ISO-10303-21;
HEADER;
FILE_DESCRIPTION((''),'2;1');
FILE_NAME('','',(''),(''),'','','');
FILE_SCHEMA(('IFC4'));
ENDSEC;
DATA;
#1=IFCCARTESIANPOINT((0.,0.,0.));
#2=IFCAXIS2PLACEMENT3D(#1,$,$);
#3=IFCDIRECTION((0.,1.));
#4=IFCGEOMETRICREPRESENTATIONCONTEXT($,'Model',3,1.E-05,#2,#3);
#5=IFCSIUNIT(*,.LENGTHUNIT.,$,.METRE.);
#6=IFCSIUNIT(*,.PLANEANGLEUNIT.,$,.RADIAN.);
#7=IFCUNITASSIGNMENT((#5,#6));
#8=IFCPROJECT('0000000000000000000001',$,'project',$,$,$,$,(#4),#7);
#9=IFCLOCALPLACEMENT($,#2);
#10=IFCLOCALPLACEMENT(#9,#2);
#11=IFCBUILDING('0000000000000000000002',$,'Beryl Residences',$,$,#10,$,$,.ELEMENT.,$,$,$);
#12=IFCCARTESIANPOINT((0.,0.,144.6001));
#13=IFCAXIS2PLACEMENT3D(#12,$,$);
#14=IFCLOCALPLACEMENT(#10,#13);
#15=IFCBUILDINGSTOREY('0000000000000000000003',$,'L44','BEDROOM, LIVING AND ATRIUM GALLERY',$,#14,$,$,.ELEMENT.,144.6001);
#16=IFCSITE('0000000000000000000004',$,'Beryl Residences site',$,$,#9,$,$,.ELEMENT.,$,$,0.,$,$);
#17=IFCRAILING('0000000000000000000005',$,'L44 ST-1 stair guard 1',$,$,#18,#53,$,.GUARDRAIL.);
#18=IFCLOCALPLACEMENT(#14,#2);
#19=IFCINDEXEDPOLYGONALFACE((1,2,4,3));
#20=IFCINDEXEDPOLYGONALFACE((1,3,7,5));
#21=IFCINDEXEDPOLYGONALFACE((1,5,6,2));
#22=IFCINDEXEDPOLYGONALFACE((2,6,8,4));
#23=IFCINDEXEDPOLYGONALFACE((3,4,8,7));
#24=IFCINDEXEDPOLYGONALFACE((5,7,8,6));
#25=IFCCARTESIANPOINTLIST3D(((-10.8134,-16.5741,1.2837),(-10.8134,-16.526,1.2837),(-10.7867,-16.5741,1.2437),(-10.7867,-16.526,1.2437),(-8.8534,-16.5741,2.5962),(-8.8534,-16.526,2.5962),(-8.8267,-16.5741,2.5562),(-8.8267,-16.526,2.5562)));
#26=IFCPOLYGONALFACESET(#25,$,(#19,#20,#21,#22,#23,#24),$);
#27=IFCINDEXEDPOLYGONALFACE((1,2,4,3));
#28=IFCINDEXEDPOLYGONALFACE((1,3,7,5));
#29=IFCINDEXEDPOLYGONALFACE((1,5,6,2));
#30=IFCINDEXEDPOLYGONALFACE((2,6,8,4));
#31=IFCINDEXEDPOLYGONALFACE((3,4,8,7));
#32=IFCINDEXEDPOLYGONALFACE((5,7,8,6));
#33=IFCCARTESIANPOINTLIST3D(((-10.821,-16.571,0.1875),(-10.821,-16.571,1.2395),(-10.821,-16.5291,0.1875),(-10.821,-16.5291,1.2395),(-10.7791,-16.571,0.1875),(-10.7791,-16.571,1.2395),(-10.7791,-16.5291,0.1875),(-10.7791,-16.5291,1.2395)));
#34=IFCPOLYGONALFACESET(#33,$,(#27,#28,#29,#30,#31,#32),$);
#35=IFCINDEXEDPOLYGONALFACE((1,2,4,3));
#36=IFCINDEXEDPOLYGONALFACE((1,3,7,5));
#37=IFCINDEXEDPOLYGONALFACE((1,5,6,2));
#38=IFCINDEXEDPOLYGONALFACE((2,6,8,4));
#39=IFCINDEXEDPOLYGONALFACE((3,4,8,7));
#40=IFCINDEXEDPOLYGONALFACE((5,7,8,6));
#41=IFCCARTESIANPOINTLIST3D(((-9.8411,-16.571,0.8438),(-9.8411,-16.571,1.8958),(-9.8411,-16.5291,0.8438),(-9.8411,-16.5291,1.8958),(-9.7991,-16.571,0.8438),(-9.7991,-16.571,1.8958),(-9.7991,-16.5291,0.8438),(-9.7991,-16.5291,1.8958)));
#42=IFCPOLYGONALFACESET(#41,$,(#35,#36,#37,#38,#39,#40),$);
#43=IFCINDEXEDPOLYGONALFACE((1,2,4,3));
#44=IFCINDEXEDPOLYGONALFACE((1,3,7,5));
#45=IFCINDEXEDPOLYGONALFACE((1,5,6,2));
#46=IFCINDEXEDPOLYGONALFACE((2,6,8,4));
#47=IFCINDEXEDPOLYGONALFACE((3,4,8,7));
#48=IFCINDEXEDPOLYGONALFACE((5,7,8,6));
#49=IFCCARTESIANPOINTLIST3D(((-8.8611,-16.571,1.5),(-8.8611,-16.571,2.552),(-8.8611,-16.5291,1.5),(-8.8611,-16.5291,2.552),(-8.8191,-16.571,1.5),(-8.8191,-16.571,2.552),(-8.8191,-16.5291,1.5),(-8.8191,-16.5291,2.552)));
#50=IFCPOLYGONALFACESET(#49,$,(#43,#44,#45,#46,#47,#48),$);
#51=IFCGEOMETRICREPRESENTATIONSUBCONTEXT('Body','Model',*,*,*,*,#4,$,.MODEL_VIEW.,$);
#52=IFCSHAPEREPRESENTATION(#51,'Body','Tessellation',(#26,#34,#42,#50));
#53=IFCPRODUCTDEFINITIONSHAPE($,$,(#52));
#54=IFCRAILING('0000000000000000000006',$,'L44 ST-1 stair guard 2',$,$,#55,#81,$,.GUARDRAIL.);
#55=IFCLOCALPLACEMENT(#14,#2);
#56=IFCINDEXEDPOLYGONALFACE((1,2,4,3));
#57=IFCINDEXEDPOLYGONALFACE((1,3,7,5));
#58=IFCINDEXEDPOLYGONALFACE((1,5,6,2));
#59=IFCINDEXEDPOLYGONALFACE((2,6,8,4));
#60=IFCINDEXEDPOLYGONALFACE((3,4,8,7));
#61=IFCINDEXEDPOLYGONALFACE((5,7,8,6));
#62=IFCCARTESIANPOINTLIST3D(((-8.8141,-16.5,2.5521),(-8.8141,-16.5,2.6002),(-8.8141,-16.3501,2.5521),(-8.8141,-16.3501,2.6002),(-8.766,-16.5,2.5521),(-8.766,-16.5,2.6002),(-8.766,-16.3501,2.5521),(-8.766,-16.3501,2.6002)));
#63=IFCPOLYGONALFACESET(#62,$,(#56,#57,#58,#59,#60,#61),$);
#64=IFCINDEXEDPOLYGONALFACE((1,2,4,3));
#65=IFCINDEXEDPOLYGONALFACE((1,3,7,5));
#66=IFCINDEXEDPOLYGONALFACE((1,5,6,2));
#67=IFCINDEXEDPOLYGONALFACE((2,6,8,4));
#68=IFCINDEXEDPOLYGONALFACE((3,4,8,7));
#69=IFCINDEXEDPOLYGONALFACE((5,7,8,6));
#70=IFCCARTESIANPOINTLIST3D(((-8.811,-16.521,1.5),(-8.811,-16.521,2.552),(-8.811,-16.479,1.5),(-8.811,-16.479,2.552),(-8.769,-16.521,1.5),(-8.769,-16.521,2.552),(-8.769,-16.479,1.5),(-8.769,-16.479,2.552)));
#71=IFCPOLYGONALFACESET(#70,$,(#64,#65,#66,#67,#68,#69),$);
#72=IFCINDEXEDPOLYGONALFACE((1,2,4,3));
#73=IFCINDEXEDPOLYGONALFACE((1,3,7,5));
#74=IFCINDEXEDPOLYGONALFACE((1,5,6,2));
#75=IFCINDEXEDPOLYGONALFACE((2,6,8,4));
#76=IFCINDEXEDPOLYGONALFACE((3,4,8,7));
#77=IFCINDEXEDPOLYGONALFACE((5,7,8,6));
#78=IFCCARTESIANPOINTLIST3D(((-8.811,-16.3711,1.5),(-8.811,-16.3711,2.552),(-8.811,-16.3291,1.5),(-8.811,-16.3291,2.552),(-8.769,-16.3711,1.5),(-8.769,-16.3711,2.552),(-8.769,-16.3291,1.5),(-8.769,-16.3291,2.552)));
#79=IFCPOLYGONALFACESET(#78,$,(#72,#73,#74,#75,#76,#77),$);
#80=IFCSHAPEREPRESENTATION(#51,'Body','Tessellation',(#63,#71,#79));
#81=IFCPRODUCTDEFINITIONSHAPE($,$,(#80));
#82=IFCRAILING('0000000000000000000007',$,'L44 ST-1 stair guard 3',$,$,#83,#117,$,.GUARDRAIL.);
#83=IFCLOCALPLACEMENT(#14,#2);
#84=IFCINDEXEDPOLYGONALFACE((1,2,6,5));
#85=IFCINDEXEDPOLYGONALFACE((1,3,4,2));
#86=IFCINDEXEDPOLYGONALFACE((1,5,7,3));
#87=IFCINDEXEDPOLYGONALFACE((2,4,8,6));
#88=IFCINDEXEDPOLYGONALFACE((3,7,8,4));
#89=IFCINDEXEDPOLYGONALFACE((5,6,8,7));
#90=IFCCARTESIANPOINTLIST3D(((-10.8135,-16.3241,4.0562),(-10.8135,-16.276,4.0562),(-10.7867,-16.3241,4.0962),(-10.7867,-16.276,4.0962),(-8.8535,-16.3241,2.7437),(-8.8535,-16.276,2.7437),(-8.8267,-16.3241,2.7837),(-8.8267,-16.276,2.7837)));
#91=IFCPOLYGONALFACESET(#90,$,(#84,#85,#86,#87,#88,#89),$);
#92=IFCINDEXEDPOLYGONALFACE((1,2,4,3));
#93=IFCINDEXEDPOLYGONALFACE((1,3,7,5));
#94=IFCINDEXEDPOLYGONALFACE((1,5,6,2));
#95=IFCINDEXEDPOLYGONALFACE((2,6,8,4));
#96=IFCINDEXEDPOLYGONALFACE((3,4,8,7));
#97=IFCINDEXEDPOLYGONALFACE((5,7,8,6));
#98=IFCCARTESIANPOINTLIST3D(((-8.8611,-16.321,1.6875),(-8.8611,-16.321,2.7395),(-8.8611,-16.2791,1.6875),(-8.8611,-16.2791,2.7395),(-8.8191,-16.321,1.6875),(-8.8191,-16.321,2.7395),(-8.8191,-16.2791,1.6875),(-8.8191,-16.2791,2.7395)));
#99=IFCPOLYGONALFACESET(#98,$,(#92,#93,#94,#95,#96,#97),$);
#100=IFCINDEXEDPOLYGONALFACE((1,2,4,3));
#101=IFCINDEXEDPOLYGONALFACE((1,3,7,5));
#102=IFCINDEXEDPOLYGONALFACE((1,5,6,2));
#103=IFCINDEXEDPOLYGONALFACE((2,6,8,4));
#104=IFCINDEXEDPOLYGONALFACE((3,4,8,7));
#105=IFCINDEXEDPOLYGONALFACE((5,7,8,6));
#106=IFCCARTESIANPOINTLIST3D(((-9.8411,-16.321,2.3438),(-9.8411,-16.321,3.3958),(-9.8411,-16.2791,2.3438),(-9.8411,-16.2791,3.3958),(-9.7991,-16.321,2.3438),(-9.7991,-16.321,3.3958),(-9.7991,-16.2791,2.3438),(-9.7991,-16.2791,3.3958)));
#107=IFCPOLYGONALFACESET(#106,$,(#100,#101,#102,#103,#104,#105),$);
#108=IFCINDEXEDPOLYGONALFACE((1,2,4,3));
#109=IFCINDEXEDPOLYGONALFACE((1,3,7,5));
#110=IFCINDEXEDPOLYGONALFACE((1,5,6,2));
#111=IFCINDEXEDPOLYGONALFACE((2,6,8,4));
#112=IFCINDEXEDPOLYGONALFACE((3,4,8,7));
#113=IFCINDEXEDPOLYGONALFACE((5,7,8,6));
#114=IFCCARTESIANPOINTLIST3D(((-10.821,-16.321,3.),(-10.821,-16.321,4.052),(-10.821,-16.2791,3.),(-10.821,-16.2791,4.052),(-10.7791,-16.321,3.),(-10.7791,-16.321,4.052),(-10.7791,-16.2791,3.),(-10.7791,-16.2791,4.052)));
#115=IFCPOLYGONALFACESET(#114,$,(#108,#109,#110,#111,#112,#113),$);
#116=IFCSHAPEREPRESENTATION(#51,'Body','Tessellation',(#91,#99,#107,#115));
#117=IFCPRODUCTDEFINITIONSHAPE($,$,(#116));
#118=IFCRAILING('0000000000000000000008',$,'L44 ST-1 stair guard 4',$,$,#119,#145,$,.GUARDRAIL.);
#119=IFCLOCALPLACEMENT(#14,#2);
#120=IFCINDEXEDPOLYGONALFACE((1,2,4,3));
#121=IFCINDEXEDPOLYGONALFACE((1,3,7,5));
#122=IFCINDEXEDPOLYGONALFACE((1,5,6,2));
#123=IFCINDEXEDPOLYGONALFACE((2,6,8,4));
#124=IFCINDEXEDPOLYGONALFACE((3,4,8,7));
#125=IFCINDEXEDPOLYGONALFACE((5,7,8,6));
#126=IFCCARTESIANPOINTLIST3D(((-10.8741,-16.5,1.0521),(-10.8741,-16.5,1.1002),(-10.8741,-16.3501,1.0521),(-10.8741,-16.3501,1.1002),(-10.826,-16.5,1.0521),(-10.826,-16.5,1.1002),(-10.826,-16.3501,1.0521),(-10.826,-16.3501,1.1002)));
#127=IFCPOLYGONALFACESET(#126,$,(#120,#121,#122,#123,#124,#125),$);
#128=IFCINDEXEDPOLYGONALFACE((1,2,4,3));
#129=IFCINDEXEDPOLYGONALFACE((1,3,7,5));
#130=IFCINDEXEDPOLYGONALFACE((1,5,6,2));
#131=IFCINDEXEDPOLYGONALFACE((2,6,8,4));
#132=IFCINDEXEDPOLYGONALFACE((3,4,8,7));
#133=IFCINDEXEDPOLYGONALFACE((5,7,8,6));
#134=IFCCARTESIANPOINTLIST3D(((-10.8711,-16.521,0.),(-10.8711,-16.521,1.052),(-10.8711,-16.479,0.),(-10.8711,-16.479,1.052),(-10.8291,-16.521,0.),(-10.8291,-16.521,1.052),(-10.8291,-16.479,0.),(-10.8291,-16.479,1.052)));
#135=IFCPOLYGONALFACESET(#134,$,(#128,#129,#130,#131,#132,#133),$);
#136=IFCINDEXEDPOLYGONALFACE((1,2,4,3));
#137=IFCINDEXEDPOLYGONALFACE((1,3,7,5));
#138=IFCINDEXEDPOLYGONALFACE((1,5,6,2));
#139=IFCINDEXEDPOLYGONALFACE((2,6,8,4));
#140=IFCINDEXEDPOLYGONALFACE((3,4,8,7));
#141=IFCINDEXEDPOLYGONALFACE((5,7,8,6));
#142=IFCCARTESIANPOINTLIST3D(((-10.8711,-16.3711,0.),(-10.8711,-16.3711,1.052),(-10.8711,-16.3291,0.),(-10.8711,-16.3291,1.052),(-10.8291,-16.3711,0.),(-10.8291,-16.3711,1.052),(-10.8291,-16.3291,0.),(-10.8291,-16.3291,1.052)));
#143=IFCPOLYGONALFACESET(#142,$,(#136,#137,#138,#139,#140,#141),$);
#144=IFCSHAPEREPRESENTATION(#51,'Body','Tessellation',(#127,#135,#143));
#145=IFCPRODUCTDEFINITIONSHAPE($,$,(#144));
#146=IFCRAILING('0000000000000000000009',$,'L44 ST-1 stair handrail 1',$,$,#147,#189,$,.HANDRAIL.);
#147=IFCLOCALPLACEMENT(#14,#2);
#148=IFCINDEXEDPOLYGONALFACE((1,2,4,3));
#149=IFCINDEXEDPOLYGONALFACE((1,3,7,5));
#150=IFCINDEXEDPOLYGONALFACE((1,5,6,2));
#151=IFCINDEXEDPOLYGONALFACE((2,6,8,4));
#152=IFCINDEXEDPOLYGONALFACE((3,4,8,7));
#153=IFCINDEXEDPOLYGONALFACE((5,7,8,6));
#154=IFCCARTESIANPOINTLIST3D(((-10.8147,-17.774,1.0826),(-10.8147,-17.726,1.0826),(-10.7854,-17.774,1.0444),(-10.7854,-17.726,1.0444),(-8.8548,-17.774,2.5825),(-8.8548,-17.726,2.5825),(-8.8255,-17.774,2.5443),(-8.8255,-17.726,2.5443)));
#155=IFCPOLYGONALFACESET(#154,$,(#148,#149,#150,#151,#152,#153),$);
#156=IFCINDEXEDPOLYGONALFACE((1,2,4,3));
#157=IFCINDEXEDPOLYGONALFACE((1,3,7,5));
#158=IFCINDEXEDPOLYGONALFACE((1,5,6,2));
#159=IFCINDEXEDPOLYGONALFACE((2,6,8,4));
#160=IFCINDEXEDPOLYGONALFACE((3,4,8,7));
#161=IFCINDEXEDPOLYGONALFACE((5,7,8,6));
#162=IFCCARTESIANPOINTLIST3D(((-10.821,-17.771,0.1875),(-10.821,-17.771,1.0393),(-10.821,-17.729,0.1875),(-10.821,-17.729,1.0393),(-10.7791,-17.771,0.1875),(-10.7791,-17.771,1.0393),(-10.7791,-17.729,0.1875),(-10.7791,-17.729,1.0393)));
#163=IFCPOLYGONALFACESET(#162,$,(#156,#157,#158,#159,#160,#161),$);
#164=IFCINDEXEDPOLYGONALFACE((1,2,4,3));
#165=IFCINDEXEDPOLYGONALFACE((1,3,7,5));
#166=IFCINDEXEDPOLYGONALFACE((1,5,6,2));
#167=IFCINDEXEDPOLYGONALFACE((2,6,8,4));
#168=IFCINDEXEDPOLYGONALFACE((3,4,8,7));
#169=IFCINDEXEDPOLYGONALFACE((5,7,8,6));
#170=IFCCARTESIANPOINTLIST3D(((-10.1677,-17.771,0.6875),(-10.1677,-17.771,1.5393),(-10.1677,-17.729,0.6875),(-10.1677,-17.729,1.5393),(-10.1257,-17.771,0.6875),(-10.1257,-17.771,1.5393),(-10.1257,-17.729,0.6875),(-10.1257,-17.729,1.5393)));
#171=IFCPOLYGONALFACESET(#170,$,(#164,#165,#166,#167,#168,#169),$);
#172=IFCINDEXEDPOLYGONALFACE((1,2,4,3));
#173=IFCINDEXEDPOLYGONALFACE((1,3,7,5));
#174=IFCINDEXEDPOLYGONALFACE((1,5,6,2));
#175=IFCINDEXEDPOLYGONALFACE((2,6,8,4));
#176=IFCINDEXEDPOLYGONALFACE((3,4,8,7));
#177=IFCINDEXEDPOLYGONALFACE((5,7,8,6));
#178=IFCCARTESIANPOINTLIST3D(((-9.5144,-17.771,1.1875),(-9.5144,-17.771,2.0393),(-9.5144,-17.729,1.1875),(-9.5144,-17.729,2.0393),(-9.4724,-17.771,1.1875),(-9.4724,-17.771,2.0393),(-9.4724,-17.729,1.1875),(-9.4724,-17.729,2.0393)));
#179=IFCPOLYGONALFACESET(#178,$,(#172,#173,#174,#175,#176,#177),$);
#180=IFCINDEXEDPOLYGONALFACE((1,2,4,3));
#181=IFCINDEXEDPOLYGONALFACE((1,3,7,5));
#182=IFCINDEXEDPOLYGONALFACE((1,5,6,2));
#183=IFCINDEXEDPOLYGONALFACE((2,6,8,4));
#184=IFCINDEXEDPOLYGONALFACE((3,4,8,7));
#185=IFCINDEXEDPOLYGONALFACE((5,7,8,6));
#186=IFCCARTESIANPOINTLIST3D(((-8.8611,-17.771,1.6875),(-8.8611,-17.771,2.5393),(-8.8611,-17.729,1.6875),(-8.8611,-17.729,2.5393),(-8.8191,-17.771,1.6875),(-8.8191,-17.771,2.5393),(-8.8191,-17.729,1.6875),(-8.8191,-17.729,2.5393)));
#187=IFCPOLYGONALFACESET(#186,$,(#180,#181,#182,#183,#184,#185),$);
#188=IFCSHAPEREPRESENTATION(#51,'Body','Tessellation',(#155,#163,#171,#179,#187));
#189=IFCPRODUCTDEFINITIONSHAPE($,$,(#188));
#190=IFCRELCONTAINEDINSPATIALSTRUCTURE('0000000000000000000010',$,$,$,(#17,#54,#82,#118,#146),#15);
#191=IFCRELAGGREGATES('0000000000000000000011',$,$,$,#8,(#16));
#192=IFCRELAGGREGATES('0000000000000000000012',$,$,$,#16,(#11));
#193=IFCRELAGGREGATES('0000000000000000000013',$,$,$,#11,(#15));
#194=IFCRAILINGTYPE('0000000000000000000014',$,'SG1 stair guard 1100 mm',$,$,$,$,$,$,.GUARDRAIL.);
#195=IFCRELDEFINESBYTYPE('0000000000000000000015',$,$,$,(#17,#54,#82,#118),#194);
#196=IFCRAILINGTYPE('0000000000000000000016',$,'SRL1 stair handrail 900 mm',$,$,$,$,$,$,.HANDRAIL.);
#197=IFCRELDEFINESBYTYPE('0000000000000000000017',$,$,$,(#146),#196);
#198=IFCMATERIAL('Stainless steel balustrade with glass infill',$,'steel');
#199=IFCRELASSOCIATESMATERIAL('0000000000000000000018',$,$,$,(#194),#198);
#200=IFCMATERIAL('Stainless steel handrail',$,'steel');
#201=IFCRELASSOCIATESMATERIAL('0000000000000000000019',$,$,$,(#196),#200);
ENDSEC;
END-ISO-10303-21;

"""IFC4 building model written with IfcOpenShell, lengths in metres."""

from ifc_helpers import new_model, si_unit, direction, frame, origin, origin_2d, place, context, subcontext, project, spatial, rectangle, extrude, material, type_object, element, save


model = new_model("IFC4")

# Units and contexts
model_context = context("Model", 3, precision=1e-05, world=origin(), true_north=direction((0.0, 1.0)))
body_context = subcontext(model_context, "Body", "Model", "MODEL_VIEW")
ifc_project = project(units=[si_unit("LENGTHUNIT", "METRE"), si_unit("PLANEANGLEUNIT", "RADIAN")], contexts=[model_context])

# Site, building, storey
site_placement = place(None, origin())
site = spatial("IfcSite", under=ifc_project, at=site_placement, Name="Beryl Residences site", CompositionType="ELEMENT", RefElevation=0.0)
building_placement = place(site_placement, origin())
building = spatial("IfcBuilding", under=site, at=building_placement, Name="Beryl Residences", CompositionType="ELEMENT")
storey_placement = place(building_placement, frame((0.0, 0.0, 144.6001)))
storey = spatial("IfcBuildingStorey", under=building, at=storey_placement, Name="L44", Description="BEDROOM, LIVING AND ATRIUM GALLERY", CompositionType="ELEMENT", Elevation=144.6001)

# Railings
ifc_material_1 = material(Name="Stainless steel balustrade with glass infill", Category="steel")
railing_type_1 = type_object("IfcRailingType", Name="SG1 stair guard 1100 mm", PredefinedType="GUARDRAIL", material=ifc_material_1)
railing_1_placement = place(storey_placement, frame((-10.8, -16.55, 0.1875)))
element("IfcRailing", 1, at=railing_1_placement, inside=storey, type_object=railing_type_1, Name="L44 ST-1 stair guard 1", PredefinedType="GUARDRAIL", context=body_context, shape_type="SweptSolid", body=[
    extrude(rectangle(XDim=0.0481, YDim=0.0481, at=origin_2d()), frame((0.0, 0.0, 1.0762), z_axis=(0.830902, 0.0, 0.556419), x_axis=(0.0, 1.0, 0.0)), (0.0, 0.0, 1.0), 2.3589),
    extrude(rectangle(XDim=0.042, YDim=0.042, at=origin_2d()), origin(), (0.0, 0.0, 1.0), 1.052),
    extrude(rectangle(XDim=0.042, YDim=0.042, at=origin_2d()), frame((0.98, 0.0, 0.6562)), (0.0, 0.0, 1.0), 1.052),
    extrude(rectangle(XDim=0.042, YDim=0.042, at=origin_2d()), frame((1.96, 0.0, 1.3125)), (0.0, 0.0, 1.0), 1.052),
])
railing_2_placement = place(storey_placement, frame((-8.79, -16.5, 1.5)))
element("IfcRailing", 2, at=railing_2_placement, inside=storey, type_object=railing_type_1, Name="L44 ST-1 stair guard 2", PredefinedType="GUARDRAIL", context=body_context, shape_type="SweptSolid", body=[
    extrude(rectangle(XDim=0.0481, YDim=0.0481, at=origin_2d()), frame((0.0, 0.0, 1.0762), z_axis=(0.0, 1.0, 0.0), x_axis=(-1.0, 0.0, 0.0)), (0.0, 0.0, 1.0), 0.1499),
    extrude(rectangle(XDim=0.042, YDim=0.042, at=origin_2d()), origin(), (0.0, 0.0, 1.0), 1.052),
    extrude(rectangle(XDim=0.042, YDim=0.042, at=origin_2d()), frame((0.0, 0.1499, 0.0)), (0.0, 0.0, 1.0), 1.052),
])
railing_3_placement = place(storey_placement, frame((-8.8401, -16.3, 1.6875)))
element("IfcRailing", 3, at=railing_3_placement, inside=storey, type_object=railing_type_1, Name="L44 ST-1 stair guard 3", PredefinedType="GUARDRAIL", context=body_context, shape_type="SweptSolid", body=[
    extrude(rectangle(XDim=0.0481, YDim=0.0481, at=origin_2d()), frame((0.0, 0.0, 1.0762), z_axis=(-0.830902, 0.0, 0.556419), x_axis=(0.0, -1.0, 0.0)), (0.0, 0.0, 1.0), 2.3589),
    extrude(rectangle(XDim=0.042, YDim=0.042, at=origin_2d()), origin(), (0.0, 0.0, 1.0), 1.052),
    extrude(rectangle(XDim=0.042, YDim=0.042, at=origin_2d()), frame((-0.98, 0.0, 0.6562)), (0.0, 0.0, 1.0), 1.052),
    extrude(rectangle(XDim=0.042, YDim=0.042, at=origin_2d()), frame((-1.96, 0.0, 1.3125)), (0.0, 0.0, 1.0), 1.052),
])
railing_4_placement = place(storey_placement, frame((-10.8501, -16.5, 0.0)))
element("IfcRailing", 4, at=railing_4_placement, inside=storey, type_object=railing_type_1, Name="L44 ST-1 stair guard 4", PredefinedType="GUARDRAIL", context=body_context, shape_type="SweptSolid", body=[
    extrude(rectangle(XDim=0.0481, YDim=0.0481, at=origin_2d()), frame((0.0, 0.0, 1.0762), z_axis=(0.0, 1.0, 0.0), x_axis=(-1.0, 0.0, 0.0)), (0.0, 0.0, 1.0), 0.1499),
    extrude(rectangle(XDim=0.042, YDim=0.042, at=origin_2d()), origin(), (0.0, 0.0, 1.0), 1.052),
    extrude(rectangle(XDim=0.042, YDim=0.042, at=origin_2d()), frame((0.0, 0.1499, 0.0)), (0.0, 0.0, 1.0), 1.052),
])
ifc_material_2 = material(Name="Stainless steel handrail", Category="steel")
railing_type_2 = type_object("IfcRailingType", Name="SRL1 stair handrail 900 mm", PredefinedType="HANDRAIL", material=ifc_material_2)
railing_5_placement = place(storey_placement, frame((-10.8, -17.75, 0.1875)))
element("IfcRailing", 5, at=railing_5_placement, inside=storey, type_object=railing_type_2, Name="L44 ST-1 stair handrail 1", PredefinedType="HANDRAIL", context=body_context, shape_type="SweptSolid", body=[
    extrude(rectangle(XDim=0.0481, YDim=0.0481, at=origin_2d()), frame((0.0, 0.0, 0.876), z_axis=(0.794122, 0.0, 0.607758), x_axis=(0.0, 1.0, 0.0)), (0.0, 0.0, 1.0), 2.468),
    extrude(rectangle(XDim=0.042, YDim=0.042, at=origin_2d()), origin(), (0.0, 0.0, 1.0), 0.8518),
    extrude(rectangle(XDim=0.042, YDim=0.042, at=origin_2d()), frame((0.6533, 0.0, 0.5)), (0.0, 0.0, 1.0), 0.8518),
    extrude(rectangle(XDim=0.042, YDim=0.042, at=origin_2d()), frame((1.3066, 0.0, 1.0)), (0.0, 0.0, 1.0), 0.8518),
    extrude(rectangle(XDim=0.042, YDim=0.042, at=origin_2d()), frame((1.96, 0.0, 1.5)), (0.0, 0.0, 1.0), 0.8518),
])

save(model, "model.ifc")
